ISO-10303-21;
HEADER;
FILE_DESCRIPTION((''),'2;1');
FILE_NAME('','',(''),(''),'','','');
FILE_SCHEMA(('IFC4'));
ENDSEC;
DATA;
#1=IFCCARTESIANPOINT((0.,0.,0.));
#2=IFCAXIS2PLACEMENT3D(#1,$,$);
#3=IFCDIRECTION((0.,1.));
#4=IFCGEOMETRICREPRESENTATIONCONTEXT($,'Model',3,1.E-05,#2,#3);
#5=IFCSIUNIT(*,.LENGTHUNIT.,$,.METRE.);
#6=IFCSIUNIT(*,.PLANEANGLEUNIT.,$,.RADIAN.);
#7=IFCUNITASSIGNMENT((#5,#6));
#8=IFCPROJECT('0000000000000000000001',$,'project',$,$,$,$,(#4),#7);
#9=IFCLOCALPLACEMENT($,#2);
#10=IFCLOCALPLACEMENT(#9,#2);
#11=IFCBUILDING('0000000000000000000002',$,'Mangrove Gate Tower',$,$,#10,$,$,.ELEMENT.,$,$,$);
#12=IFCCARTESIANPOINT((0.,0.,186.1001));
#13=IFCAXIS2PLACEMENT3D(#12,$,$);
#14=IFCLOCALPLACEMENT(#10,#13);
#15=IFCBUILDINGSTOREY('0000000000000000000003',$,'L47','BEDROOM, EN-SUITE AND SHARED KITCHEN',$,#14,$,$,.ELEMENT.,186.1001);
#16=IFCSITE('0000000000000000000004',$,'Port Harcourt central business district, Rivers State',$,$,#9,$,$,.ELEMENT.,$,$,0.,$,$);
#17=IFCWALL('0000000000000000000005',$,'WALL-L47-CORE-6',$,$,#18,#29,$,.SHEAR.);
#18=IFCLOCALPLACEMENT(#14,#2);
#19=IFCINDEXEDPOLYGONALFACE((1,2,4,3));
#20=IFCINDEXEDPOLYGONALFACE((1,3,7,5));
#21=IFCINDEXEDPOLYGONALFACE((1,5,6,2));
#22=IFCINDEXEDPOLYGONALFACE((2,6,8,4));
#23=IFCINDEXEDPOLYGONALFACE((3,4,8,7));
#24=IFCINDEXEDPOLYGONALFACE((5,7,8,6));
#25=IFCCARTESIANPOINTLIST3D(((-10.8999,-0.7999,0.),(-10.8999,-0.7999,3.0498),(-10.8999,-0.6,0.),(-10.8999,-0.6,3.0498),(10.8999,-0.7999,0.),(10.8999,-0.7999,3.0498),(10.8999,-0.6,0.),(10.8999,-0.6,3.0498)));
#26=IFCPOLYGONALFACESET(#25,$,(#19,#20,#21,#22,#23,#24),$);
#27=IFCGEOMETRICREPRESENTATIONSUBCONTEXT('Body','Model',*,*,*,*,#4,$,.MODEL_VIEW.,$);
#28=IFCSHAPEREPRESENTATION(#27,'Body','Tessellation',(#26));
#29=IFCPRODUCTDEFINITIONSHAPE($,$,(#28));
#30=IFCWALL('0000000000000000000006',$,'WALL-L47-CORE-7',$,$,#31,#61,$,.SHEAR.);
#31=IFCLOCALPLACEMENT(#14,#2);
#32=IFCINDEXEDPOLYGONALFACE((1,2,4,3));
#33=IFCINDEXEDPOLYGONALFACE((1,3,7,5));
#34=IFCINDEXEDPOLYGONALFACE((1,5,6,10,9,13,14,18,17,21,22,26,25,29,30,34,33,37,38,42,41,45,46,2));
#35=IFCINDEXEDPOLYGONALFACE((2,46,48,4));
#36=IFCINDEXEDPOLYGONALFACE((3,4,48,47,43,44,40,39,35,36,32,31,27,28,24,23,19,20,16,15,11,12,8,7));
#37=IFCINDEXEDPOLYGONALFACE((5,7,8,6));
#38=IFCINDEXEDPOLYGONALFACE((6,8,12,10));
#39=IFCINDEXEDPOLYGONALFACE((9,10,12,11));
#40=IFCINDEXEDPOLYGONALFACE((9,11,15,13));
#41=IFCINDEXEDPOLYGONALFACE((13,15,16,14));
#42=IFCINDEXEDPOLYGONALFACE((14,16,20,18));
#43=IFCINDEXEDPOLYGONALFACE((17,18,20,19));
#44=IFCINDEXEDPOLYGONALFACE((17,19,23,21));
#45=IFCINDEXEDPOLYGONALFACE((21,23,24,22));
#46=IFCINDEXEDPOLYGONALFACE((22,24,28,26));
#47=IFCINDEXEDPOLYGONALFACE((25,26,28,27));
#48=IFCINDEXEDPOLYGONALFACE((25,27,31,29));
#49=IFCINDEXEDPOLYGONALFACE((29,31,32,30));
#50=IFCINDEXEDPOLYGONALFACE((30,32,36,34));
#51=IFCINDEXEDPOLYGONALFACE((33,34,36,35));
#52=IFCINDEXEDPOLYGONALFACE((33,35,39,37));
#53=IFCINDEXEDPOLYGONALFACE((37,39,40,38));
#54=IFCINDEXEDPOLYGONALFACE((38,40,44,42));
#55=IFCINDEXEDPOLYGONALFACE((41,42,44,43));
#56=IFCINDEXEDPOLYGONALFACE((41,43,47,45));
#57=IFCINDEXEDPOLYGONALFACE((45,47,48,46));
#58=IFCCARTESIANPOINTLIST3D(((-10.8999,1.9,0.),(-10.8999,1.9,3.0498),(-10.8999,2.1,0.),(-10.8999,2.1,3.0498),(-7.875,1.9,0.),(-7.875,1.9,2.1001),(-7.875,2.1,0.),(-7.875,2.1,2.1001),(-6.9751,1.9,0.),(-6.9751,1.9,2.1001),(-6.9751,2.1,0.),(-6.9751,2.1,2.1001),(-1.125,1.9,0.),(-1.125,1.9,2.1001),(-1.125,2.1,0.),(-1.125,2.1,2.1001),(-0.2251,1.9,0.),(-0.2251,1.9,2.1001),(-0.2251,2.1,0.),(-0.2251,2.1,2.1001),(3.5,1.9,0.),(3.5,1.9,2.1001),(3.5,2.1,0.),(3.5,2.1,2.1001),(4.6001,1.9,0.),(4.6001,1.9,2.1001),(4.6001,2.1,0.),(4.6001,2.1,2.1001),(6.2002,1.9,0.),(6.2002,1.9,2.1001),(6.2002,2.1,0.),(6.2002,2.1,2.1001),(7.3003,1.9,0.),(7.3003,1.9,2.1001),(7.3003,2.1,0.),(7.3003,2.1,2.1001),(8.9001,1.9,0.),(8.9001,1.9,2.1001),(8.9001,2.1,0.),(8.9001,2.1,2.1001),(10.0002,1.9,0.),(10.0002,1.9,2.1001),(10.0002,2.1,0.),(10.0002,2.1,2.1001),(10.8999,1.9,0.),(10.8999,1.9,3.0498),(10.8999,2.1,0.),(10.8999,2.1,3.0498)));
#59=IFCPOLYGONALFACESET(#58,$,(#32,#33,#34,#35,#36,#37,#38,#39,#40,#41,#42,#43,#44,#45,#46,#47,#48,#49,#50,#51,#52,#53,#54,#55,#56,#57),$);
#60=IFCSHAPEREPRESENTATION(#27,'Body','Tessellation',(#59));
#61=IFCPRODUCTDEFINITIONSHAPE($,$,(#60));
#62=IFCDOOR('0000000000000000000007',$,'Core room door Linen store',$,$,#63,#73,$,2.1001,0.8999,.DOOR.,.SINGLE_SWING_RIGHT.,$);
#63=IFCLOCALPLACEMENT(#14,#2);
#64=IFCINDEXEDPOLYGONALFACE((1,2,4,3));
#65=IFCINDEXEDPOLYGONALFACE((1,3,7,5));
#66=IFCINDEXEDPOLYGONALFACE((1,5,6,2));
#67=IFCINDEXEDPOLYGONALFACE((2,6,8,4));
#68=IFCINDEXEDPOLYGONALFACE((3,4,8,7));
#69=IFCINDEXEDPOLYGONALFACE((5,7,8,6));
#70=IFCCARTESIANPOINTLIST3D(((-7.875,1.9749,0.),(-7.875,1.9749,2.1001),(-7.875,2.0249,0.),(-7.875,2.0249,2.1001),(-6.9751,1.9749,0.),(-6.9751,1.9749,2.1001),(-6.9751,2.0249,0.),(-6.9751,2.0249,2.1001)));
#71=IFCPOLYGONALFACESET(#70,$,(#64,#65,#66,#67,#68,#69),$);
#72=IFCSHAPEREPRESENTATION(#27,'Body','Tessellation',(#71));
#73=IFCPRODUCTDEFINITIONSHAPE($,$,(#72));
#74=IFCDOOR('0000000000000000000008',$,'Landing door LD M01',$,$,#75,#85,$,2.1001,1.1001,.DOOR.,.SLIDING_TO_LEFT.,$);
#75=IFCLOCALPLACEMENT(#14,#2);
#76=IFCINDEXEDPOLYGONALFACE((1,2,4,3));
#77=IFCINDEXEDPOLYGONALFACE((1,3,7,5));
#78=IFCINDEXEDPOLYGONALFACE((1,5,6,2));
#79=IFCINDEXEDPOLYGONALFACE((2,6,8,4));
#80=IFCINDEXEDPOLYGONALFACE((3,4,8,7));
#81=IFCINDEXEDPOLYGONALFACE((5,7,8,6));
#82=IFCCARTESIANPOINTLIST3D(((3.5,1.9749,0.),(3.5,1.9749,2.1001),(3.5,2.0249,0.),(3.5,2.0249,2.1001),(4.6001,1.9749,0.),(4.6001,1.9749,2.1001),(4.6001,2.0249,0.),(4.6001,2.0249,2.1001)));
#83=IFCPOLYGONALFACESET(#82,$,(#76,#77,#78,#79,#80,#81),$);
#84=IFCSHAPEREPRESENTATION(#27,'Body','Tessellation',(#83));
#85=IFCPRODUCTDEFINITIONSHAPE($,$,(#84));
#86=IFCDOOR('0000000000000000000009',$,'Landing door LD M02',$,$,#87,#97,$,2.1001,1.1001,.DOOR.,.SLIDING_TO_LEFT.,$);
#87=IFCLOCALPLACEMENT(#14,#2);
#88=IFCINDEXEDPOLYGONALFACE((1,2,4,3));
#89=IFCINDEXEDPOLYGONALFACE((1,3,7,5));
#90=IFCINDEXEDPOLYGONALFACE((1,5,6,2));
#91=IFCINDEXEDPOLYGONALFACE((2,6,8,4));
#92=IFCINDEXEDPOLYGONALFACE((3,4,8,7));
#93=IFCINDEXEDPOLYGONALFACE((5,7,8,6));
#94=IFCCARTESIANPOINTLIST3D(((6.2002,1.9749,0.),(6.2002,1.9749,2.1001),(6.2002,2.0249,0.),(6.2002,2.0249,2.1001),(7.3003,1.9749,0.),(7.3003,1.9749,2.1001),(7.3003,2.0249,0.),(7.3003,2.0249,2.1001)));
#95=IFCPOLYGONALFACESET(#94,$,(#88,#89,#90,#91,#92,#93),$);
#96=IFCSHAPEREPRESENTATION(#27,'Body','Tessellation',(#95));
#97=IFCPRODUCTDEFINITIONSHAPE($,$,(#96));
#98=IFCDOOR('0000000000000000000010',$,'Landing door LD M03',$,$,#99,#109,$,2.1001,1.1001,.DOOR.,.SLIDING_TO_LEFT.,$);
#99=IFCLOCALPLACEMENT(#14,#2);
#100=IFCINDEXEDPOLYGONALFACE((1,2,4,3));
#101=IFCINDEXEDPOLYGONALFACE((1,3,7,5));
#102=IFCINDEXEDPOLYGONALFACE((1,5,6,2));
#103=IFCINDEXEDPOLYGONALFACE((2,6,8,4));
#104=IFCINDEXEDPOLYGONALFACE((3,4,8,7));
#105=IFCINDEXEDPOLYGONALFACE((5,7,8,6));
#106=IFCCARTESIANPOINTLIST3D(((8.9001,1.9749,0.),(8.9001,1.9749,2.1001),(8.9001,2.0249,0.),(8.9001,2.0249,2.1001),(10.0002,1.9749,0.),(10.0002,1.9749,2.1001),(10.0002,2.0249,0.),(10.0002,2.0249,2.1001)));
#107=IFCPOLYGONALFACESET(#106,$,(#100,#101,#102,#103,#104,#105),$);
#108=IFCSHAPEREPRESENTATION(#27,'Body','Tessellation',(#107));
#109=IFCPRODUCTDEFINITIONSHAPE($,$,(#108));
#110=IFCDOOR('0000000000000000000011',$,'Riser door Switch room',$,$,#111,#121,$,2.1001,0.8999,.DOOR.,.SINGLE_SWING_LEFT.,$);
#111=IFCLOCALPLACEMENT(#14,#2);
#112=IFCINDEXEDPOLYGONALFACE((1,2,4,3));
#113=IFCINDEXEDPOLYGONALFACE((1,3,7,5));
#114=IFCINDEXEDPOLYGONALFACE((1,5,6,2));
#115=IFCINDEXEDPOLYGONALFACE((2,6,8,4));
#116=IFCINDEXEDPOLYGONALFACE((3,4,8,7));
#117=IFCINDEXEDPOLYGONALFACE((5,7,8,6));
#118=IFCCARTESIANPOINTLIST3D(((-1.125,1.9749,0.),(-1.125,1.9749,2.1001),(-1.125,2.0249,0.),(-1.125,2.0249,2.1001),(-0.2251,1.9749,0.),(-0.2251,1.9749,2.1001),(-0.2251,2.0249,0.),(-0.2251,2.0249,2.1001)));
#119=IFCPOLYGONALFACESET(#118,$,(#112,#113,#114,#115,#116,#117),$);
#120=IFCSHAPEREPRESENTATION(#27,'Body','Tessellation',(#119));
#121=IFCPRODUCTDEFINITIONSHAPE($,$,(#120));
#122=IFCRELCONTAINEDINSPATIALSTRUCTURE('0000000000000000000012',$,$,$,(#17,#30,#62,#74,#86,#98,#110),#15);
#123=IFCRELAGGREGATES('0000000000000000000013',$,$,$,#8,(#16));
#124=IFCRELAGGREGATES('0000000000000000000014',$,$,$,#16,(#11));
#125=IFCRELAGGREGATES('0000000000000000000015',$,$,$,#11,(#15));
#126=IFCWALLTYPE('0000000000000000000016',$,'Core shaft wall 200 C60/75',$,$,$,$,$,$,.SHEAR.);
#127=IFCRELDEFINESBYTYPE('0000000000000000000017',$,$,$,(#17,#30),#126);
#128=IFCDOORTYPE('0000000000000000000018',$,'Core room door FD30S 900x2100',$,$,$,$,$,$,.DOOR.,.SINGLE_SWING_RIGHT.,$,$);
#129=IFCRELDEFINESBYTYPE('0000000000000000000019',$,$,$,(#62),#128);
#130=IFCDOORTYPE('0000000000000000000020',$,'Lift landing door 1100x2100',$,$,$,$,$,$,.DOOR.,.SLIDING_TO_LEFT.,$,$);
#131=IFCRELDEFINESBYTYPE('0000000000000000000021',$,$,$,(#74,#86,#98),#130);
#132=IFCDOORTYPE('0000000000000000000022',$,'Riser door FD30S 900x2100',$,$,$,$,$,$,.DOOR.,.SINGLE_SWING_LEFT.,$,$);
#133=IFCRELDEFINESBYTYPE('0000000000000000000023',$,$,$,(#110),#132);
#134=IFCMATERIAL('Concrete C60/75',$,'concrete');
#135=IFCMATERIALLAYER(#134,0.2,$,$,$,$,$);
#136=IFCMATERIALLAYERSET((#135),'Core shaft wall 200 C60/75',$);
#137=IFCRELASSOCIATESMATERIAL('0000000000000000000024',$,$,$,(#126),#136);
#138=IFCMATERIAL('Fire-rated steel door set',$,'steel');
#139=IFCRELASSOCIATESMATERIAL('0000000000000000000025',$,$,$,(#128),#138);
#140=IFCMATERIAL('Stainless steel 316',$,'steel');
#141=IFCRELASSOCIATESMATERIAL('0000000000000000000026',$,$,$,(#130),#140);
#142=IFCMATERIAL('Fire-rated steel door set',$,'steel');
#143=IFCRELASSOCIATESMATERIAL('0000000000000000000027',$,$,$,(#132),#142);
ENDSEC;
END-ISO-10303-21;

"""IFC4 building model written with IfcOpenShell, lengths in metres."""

from ifc_helpers import new_model, si_unit, direction, frame, frame_2d, origin, place, context, subcontext, project, spatial, rectangle, extrude, material, layer, layer_set, type_object, element, fill, save


model = new_model("IFC4")

# Units and contexts
model_context = context("Model", 3, precision=1e-05, world=origin(), true_north=direction((0.0, 1.0)))
body_context = subcontext(model_context, "Body", "Model", "MODEL_VIEW")
ifc_project = project(units=[si_unit("LENGTHUNIT", "METRE"), si_unit("PLANEANGLEUNIT", "RADIAN")], contexts=[model_context])

# Site, building, storey
site_placement = place(None, origin())
site = spatial("IfcSite", under=ifc_project, at=site_placement, Name="Port Harcourt central business district, Rivers State", CompositionType="ELEMENT", RefElevation=0.0)
building_placement = place(site_placement, origin())
building = spatial("IfcBuilding", under=site, at=building_placement, Name="Mangrove Gate Tower", CompositionType="ELEMENT")
storey_placement = place(building_placement, frame((0.0, 0.0, 186.1001)))
storey = spatial("IfcBuildingStorey", under=building, at=storey_placement, Name="L47", Description="BEDROOM, EN-SUITE AND SHARED KITCHEN", CompositionType="ELEMENT", Elevation=186.1001)

# Wall
ifc_material_1 = material(Name="Concrete C60/75", Category="concrete")
ifc_layer_1 = layer(ifc_material_1, 0.2)
ifc_layer_set_1 = layer_set([ifc_layer_1], Name="Core shaft wall 200 C60/75")
wall_type_1 = type_object("IfcWallType", Name="Core shaft wall 200 C60/75", PredefinedType="SHEAR", material=ifc_layer_set_1)
wall_1_placement = place(storey_placement, frame((-10.8999, -0.7, 0.0), z_axis=(0.0, 0.0, 1.0), x_axis=(1.0, 0.0, 0.0)))
element("IfcWall", 1, at=wall_1_placement, inside=storey, type_object=wall_type_1, Name="WALL-L47-CORE-6", PredefinedType="SHEAR", context=body_context, shape_type="SweptSolid", body=[
    extrude(rectangle(XDim=21.7998, YDim=0.2, at=frame_2d((10.8999, 0.0))), origin(), (0.0, 0.0, 1.0), 3.0498),
])

# Wall, openings, doors
wall_2_placement = place(storey_placement, frame((-10.8999, 2.0, 0.0), z_axis=(0.0, 0.0, 1.0), x_axis=(1.0, 0.0, 0.0)))
wall_2 = element("IfcWall", 2, at=wall_2_placement, inside=storey, type_object=wall_type_1, Name="WALL-L47-CORE-7", PredefinedType="SHEAR", context=body_context, shape_type="SweptSolid", body=[
    extrude(rectangle(XDim=21.7998, YDim=0.2, at=frame_2d((10.8999, 0.0))), origin(), (0.0, 0.0, 1.0), 3.0498),
])
opening_1_placement = place(wall_2_placement, frame((14.3999, 0.0, 0.0)))
opening_1 = element("IfcOpeningElement", 3, at=opening_1_placement, cuts=wall_2, PredefinedType="OPENING", context=body_context, shape_type="SweptSolid", body=[
    extrude(rectangle(XDim=1.1001, YDim=2.1001, at=frame_2d((0.55, 1.05))), frame((0.0, 0.1099, 0.0), z_axis=(0.0, -1.0, 0.0), x_axis=(1.0, 0.0, 0.0)), (0.0, 0.0, 1.0), 0.22),
])
opening_2_placement = place(wall_2_placement, frame((17.1001, 0.0, 0.0)))
opening_2 = element("IfcOpeningElement", 4, at=opening_2_placement, cuts=wall_2, PredefinedType="OPENING", context=body_context, shape_type="SweptSolid", body=[
    extrude(rectangle(XDim=1.1001, YDim=2.1001, at=frame_2d((0.55, 1.05))), frame((0.0, 0.1099, 0.0), z_axis=(0.0, -1.0, 0.0), x_axis=(1.0, 0.0, 0.0)), (0.0, 0.0, 1.0), 0.22),
])
opening_3_placement = place(wall_2_placement, frame((19.8, 0.0, 0.0)))
opening_3 = element("IfcOpeningElement", 5, at=opening_3_placement, cuts=wall_2, PredefinedType="OPENING", context=body_context, shape_type="SweptSolid", body=[
    extrude(rectangle(XDim=1.1001, YDim=2.1001, at=frame_2d((0.55, 1.05))), frame((0.0, 0.1099, 0.0), z_axis=(0.0, -1.0, 0.0), x_axis=(1.0, 0.0, 0.0)), (0.0, 0.0, 1.0), 0.22),
])
opening_4_placement = place(wall_2_placement, frame((3.0249, 0.0, 0.0)))
opening_4 = element("IfcOpeningElement", 6, at=opening_4_placement, cuts=wall_2, PredefinedType="OPENING", context=body_context, shape_type="SweptSolid", body=[
    extrude(rectangle(XDim=0.8999, YDim=2.1001, at=frame_2d((0.45, 1.05))), frame((0.0, 0.1099, 0.0), z_axis=(0.0, -1.0, 0.0), x_axis=(1.0, 0.0, 0.0)), (0.0, 0.0, 1.0), 0.22),
])
opening_5_placement = place(wall_2_placement, frame((9.7749, 0.0, 0.0)))
opening_5 = element("IfcOpeningElement", 7, at=opening_5_placement, cuts=wall_2, PredefinedType="OPENING", context=body_context, shape_type="SweptSolid", body=[
    extrude(rectangle(XDim=0.8999, YDim=2.1001, at=frame_2d((0.45, 1.05))), frame((0.0, 0.1099, 0.0), z_axis=(0.0, -1.0, 0.0), x_axis=(1.0, 0.0, 0.0)), (0.0, 0.0, 1.0), 0.22),
])
ifc_material_2 = material(Name="Fire-rated steel door set", Category="steel")
door_type_1 = type_object("IfcDoorType", Name="Core room door FD30S 900x2100", OperationType="SINGLE_SWING_RIGHT", PredefinedType="DOOR", material=ifc_material_2)
door_1_placement = place(opening_4_placement, origin())
door_1 = element("IfcDoor", 8, at=door_1_placement, inside=storey, type_object=door_type_1, Name="Core room door Linen store", OperationType="SINGLE_SWING_RIGHT", OverallHeight=2.1001, OverallWidth=0.8999, PredefinedType="DOOR", context=body_context, shape_type="SweptSolid", body=[
    extrude(rectangle(XDim=0.8999, YDim=2.1001, at=frame_2d((0.45, 1.05))), frame((0.0, 0.0249, 0.0), z_axis=(0.0, -1.0, 0.0), x_axis=(1.0, 0.0, 0.0)), (0.0, 0.0, 1.0), 0.05),
])
fill(opening_4, door_1)
ifc_material_3 = material(Name="Stainless steel 316", Category="steel")
door_type_2 = type_object("IfcDoorType", Name="Lift landing door 1100x2100", OperationType="SLIDING_TO_LEFT", PredefinedType="DOOR", material=ifc_material_3)
door_2_placement = place(opening_1_placement, origin())
door_2 = element("IfcDoor", 9, at=door_2_placement, inside=storey, type_object=door_type_2, Name="Landing door LD M01", OperationType="SLIDING_TO_LEFT", OverallHeight=2.1001, OverallWidth=1.1001, PredefinedType="DOOR", context=body_context, shape_type="SweptSolid", body=[
    extrude(rectangle(XDim=1.1001, YDim=2.1001, at=frame_2d((0.55, 1.05))), frame((0.0, 0.0249, 0.0), z_axis=(0.0, -1.0, 0.0), x_axis=(1.0, 0.0, 0.0)), (0.0, 0.0, 1.0), 0.05),
])
fill(opening_1, door_2)
door_3_placement = place(opening_2_placement, origin())
door_3 = element("IfcDoor", 10, at=door_3_placement, inside=storey, type_object=door_type_2, Name="Landing door LD M02", OperationType="SLIDING_TO_LEFT", OverallHeight=2.1001, OverallWidth=1.1001, PredefinedType="DOOR", context=body_context, shape_type="SweptSolid", body=[
    extrude(rectangle(XDim=1.1001, YDim=2.1001, at=frame_2d((0.55, 1.05))), frame((0.0, 0.0249, 0.0), z_axis=(0.0, -1.0, 0.0), x_axis=(1.0, 0.0, 0.0)), (0.0, 0.0, 1.0), 0.05),
])
fill(opening_2, door_3)
door_4_placement = place(opening_3_placement, origin())
door_4 = element("IfcDoor", 11, at=door_4_placement, inside=storey, type_object=door_type_2, Name="Landing door LD M03", OperationType="SLIDING_TO_LEFT", OverallHeight=2.1001, OverallWidth=1.1001, PredefinedType="DOOR", context=body_context, shape_type="SweptSolid", body=[
    extrude(rectangle(XDim=1.1001, YDim=2.1001, at=frame_2d((0.55, 1.05))), frame((0.0, 0.0249, 0.0), z_axis=(0.0, -1.0, 0.0), x_axis=(1.0, 0.0, 0.0)), (0.0, 0.0, 1.0), 0.05),
])
fill(opening_3, door_4)
ifc_material_4 = material(Name="Fire-rated steel door set", Category="steel")
door_type_3 = type_object("IfcDoorType", Name="Riser door FD30S 900x2100", OperationType="SINGLE_SWING_LEFT", PredefinedType="DOOR", material=ifc_material_4)
door_5_placement = place(opening_5_placement, origin())
door_5 = element("IfcDoor", 12, at=door_5_placement, inside=storey, type_object=door_type_3, Name="Riser door Switch room", OperationType="SINGLE_SWING_LEFT", OverallHeight=2.1001, OverallWidth=0.8999, PredefinedType="DOOR", context=body_context, shape_type="SweptSolid", body=[
    extrude(rectangle(XDim=0.8999, YDim=2.1001, at=frame_2d((0.45, 1.05))), frame((0.0, 0.0249, 0.0), z_axis=(0.0, -1.0, 0.0), x_axis=(1.0, 0.0, 0.0)), (0.0, 0.0, 1.0), 0.05),
])
fill(opening_5, door_5)

save(model, "model.ifc")
